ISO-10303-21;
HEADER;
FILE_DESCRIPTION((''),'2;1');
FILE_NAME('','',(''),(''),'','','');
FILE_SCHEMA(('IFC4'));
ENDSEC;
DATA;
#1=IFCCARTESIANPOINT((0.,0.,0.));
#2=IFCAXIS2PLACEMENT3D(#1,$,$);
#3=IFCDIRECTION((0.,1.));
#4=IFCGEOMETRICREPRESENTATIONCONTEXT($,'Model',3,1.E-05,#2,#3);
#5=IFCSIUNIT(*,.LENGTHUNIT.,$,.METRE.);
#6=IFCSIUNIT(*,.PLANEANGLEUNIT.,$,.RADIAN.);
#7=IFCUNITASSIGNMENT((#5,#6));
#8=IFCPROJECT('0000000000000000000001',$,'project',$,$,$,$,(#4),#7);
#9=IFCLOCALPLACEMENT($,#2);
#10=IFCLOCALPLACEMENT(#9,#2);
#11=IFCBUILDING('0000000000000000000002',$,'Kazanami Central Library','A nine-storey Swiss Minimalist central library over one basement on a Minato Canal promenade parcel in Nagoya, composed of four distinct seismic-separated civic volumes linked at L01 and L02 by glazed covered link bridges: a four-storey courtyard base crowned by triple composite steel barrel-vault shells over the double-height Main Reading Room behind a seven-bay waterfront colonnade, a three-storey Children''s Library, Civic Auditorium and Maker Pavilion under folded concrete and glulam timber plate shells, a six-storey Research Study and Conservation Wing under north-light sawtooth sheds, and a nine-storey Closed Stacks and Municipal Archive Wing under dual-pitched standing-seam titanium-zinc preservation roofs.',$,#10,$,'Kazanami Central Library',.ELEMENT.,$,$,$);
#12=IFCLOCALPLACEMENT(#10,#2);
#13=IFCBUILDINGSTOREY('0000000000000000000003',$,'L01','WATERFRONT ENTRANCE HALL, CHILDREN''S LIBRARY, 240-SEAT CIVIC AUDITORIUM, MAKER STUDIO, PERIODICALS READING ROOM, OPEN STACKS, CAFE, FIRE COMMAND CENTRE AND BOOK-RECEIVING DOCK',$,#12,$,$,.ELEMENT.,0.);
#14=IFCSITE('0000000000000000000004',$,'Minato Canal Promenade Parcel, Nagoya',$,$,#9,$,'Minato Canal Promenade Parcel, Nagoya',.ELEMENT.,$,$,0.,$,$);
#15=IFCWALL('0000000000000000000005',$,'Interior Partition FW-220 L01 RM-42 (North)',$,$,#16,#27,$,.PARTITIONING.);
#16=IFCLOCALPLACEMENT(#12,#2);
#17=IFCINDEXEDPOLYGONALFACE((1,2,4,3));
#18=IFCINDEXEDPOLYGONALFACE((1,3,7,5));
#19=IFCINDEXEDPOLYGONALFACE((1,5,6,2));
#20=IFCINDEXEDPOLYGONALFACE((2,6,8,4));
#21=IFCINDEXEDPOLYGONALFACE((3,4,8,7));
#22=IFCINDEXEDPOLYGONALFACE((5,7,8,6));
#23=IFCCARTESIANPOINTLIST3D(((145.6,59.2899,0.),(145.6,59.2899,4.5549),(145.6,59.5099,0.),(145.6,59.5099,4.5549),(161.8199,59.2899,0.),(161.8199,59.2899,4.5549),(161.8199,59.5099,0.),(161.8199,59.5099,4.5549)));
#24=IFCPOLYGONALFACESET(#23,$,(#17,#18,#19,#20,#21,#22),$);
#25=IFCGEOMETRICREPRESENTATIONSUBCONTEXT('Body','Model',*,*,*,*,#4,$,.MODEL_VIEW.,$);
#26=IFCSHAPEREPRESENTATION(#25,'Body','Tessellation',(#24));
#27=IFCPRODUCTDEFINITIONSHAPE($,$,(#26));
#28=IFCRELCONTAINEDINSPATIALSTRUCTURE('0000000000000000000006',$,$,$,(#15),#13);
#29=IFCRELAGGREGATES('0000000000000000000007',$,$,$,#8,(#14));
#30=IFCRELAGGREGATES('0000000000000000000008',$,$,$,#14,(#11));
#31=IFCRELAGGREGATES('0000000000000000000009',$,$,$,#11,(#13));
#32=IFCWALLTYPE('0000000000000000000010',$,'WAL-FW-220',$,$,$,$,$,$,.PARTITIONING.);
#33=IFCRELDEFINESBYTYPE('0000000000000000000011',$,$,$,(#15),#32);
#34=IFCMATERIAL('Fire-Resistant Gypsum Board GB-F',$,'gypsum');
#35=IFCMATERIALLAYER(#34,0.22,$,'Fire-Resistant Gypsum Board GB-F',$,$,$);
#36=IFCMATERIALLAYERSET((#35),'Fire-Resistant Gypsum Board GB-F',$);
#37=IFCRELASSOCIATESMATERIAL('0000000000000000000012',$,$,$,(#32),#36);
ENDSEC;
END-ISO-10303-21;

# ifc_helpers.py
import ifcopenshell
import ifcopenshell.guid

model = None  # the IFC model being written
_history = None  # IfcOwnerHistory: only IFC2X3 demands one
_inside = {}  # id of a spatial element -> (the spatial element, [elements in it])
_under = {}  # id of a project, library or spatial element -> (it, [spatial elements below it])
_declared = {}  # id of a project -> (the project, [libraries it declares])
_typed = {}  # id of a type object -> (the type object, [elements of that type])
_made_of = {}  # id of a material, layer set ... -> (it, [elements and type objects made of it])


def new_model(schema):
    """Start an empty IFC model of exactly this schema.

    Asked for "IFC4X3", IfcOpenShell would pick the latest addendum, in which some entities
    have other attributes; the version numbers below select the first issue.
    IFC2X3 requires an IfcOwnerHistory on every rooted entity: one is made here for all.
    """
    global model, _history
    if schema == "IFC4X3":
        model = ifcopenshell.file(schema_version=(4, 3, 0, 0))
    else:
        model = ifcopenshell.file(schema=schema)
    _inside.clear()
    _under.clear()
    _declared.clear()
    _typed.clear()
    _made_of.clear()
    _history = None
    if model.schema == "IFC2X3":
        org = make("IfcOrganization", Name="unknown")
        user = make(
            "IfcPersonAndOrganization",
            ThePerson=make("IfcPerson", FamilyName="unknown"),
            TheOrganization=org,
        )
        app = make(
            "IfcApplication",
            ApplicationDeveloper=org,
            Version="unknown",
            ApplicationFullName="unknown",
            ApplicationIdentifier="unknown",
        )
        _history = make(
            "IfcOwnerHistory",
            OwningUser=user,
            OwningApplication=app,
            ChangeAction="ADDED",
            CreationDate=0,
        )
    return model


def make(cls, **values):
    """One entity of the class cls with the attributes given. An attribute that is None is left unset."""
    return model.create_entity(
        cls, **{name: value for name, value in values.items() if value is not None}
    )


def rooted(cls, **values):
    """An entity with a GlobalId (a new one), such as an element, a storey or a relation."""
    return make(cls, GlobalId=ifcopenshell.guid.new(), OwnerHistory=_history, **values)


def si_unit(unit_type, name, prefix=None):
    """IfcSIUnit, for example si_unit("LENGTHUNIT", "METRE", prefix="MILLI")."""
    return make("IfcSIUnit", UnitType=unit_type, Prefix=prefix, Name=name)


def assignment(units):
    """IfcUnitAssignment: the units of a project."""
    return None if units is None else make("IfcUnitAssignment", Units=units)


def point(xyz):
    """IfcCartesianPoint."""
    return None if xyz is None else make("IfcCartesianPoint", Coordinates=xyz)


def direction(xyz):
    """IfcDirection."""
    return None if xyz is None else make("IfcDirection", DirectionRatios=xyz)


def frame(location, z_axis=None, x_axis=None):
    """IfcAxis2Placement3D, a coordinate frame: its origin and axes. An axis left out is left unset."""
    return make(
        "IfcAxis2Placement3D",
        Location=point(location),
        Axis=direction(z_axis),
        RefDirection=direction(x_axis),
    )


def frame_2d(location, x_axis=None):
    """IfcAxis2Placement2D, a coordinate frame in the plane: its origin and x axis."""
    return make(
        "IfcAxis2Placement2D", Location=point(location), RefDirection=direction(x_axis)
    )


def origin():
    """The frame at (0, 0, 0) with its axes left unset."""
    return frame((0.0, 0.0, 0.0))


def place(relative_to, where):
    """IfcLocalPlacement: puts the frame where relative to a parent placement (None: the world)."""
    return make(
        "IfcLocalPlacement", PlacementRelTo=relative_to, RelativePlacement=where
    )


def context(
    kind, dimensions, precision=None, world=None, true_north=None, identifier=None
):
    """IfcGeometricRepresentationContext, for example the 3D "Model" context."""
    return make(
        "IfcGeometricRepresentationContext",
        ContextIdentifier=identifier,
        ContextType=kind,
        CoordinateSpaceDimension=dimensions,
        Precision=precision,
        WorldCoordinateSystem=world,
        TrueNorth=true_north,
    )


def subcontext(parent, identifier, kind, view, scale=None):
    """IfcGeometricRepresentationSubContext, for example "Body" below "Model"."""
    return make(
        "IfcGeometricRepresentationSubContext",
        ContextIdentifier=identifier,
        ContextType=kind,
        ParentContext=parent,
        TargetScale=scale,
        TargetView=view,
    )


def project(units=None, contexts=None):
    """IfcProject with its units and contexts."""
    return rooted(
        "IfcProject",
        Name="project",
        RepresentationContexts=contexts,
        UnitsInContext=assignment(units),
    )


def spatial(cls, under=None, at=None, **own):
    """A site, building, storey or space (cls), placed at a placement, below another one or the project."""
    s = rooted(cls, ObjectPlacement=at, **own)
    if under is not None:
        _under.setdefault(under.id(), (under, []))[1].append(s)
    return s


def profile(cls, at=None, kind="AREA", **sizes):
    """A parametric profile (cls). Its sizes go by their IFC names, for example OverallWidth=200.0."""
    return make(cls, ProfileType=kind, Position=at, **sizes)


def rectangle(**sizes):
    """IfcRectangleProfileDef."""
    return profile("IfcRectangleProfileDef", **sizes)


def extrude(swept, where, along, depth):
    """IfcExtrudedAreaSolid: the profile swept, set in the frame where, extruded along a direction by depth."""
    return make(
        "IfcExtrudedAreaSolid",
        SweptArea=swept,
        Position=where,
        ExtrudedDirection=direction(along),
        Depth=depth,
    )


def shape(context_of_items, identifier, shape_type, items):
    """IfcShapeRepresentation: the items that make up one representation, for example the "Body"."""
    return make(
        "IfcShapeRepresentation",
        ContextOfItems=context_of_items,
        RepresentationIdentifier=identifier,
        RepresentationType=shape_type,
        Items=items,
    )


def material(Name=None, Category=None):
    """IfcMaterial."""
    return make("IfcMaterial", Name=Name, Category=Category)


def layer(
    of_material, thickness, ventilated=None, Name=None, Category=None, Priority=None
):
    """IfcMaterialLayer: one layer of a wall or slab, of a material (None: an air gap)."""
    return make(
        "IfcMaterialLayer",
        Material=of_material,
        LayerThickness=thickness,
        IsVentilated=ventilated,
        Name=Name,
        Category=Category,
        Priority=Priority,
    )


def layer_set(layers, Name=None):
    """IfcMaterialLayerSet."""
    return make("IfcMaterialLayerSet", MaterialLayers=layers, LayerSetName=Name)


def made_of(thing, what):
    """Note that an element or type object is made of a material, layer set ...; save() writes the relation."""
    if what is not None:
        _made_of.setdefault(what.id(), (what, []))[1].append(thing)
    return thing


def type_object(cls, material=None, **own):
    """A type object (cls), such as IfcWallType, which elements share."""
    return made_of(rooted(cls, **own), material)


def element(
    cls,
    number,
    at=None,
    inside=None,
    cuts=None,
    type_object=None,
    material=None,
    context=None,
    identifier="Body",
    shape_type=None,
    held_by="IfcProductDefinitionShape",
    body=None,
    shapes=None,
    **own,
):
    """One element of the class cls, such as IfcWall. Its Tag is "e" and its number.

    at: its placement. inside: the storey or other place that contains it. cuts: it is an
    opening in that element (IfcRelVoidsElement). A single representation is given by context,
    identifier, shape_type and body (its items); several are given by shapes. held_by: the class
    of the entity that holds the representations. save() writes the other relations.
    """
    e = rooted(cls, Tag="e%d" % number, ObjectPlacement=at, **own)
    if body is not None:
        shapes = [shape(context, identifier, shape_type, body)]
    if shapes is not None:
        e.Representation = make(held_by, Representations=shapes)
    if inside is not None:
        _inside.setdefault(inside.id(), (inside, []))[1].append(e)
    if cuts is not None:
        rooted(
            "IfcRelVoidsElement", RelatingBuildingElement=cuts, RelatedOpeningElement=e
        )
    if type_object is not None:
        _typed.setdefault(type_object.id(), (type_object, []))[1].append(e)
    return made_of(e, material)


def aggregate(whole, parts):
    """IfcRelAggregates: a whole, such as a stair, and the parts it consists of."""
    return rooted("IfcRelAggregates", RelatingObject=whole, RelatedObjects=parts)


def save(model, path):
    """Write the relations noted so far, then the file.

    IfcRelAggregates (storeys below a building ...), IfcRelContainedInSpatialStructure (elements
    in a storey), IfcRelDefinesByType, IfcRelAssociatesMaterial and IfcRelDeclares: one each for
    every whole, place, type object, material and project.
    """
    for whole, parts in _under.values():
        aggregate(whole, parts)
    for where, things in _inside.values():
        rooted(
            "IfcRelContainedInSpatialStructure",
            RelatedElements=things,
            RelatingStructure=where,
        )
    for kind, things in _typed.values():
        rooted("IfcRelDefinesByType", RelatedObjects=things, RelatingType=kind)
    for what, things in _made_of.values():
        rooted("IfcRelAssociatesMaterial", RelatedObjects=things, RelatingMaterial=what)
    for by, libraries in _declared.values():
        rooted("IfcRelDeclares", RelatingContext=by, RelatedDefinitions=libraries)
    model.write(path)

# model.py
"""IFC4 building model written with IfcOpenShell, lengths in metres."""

from ifc_helpers import new_model, si_unit, direction, frame, frame_2d, origin, place, context, subcontext, project, spatial, rectangle, extrude, material, layer, layer_set, type_object, element, save


model = new_model("IFC4")

# Units and contexts
model_context = context("Model", 3, precision=1e-05, world=origin(), true_north=direction((0.0, 1.0)))
body_context = subcontext(model_context, "Body", "Model", "MODEL_VIEW")
ifc_project = project(units=[si_unit("LENGTHUNIT", "METRE"), si_unit("PLANEANGLEUNIT", "RADIAN")], contexts=[model_context])

# Site, building, storey
site_placement = place(None, origin())
site = spatial("IfcSite", under=ifc_project, at=site_placement, Name="Minato Canal Promenade Parcel, Nagoya", LongName="Minato Canal Promenade Parcel, Nagoya", CompositionType="ELEMENT", RefElevation=0.0)
building_placement = place(site_placement, origin())
building = spatial("IfcBuilding", under=site, at=building_placement, Name="Kazanami Central Library", Description="A nine-storey Swiss Minimalist central library over one basement on a Minato Canal promenade parcel in Nagoya, composed of four distinct seismic-separated civic volumes linked at L01 and L02 by glazed covered link bridges: a four-storey courtyard base crowned by triple composite steel barrel-vault shells over the double-height Main Reading Room behind a seven-bay waterfront colonnade, a three-storey Children's Library, Civic Auditorium and Maker Pavilion under folded concrete and glulam timber plate shells, a six-storey Research Study and Conservation Wing under north-light sawtooth sheds, and a nine-storey Closed Stacks and Municipal Archive Wing under dual-pitched standing-seam titanium-zinc preservation roofs.", LongName="Kazanami Central Library", CompositionType="ELEMENT")
storey_placement = place(building_placement, origin())
storey = spatial("IfcBuildingStorey", under=building, at=storey_placement, Name="L01", Description="WATERFRONT ENTRANCE HALL, CHILDREN'S LIBRARY, 240-SEAT CIVIC AUDITORIUM, MAKER STUDIO, PERIODICALS READING ROOM, OPEN STACKS, CAFE, FIRE COMMAND CENTRE AND BOOK-RECEIVING DOCK", CompositionType="ELEMENT", Elevation=0.0)

# Wall
ifc_material_1 = material(Name="Fire-Resistant Gypsum Board GB-F", Category="gypsum")
ifc_layer_1 = layer(ifc_material_1, 0.22, Name="Fire-Resistant Gypsum Board GB-F")
ifc_layer_set_1 = layer_set([ifc_layer_1], Name="Fire-Resistant Gypsum Board GB-F")
wall_type_1 = type_object("IfcWallType", Name="WAL-FW-220", PredefinedType="PARTITIONING", material=ifc_layer_set_1)
wall_1_placement = place(storey_placement, frame((145.6001, 59.3999, 0.0), z_axis=(0.0, 0.0, 1.0), x_axis=(1.0, 0.0, 0.0)))
element("IfcWall", 1, at=wall_1_placement, inside=storey, type_object=wall_type_1, Name="Interior Partition FW-220 L01 RM-42 (North)", PredefinedType="PARTITIONING", context=body_context, shape_type="SweptSolid", body=[
    extrude(rectangle(XDim=16.22, YDim=0.22, at=frame_2d((8.1099, 0.0))), origin(), (0.0, 0.0, 1.0), 4.5549),
])

save(model, "model.ifc")
